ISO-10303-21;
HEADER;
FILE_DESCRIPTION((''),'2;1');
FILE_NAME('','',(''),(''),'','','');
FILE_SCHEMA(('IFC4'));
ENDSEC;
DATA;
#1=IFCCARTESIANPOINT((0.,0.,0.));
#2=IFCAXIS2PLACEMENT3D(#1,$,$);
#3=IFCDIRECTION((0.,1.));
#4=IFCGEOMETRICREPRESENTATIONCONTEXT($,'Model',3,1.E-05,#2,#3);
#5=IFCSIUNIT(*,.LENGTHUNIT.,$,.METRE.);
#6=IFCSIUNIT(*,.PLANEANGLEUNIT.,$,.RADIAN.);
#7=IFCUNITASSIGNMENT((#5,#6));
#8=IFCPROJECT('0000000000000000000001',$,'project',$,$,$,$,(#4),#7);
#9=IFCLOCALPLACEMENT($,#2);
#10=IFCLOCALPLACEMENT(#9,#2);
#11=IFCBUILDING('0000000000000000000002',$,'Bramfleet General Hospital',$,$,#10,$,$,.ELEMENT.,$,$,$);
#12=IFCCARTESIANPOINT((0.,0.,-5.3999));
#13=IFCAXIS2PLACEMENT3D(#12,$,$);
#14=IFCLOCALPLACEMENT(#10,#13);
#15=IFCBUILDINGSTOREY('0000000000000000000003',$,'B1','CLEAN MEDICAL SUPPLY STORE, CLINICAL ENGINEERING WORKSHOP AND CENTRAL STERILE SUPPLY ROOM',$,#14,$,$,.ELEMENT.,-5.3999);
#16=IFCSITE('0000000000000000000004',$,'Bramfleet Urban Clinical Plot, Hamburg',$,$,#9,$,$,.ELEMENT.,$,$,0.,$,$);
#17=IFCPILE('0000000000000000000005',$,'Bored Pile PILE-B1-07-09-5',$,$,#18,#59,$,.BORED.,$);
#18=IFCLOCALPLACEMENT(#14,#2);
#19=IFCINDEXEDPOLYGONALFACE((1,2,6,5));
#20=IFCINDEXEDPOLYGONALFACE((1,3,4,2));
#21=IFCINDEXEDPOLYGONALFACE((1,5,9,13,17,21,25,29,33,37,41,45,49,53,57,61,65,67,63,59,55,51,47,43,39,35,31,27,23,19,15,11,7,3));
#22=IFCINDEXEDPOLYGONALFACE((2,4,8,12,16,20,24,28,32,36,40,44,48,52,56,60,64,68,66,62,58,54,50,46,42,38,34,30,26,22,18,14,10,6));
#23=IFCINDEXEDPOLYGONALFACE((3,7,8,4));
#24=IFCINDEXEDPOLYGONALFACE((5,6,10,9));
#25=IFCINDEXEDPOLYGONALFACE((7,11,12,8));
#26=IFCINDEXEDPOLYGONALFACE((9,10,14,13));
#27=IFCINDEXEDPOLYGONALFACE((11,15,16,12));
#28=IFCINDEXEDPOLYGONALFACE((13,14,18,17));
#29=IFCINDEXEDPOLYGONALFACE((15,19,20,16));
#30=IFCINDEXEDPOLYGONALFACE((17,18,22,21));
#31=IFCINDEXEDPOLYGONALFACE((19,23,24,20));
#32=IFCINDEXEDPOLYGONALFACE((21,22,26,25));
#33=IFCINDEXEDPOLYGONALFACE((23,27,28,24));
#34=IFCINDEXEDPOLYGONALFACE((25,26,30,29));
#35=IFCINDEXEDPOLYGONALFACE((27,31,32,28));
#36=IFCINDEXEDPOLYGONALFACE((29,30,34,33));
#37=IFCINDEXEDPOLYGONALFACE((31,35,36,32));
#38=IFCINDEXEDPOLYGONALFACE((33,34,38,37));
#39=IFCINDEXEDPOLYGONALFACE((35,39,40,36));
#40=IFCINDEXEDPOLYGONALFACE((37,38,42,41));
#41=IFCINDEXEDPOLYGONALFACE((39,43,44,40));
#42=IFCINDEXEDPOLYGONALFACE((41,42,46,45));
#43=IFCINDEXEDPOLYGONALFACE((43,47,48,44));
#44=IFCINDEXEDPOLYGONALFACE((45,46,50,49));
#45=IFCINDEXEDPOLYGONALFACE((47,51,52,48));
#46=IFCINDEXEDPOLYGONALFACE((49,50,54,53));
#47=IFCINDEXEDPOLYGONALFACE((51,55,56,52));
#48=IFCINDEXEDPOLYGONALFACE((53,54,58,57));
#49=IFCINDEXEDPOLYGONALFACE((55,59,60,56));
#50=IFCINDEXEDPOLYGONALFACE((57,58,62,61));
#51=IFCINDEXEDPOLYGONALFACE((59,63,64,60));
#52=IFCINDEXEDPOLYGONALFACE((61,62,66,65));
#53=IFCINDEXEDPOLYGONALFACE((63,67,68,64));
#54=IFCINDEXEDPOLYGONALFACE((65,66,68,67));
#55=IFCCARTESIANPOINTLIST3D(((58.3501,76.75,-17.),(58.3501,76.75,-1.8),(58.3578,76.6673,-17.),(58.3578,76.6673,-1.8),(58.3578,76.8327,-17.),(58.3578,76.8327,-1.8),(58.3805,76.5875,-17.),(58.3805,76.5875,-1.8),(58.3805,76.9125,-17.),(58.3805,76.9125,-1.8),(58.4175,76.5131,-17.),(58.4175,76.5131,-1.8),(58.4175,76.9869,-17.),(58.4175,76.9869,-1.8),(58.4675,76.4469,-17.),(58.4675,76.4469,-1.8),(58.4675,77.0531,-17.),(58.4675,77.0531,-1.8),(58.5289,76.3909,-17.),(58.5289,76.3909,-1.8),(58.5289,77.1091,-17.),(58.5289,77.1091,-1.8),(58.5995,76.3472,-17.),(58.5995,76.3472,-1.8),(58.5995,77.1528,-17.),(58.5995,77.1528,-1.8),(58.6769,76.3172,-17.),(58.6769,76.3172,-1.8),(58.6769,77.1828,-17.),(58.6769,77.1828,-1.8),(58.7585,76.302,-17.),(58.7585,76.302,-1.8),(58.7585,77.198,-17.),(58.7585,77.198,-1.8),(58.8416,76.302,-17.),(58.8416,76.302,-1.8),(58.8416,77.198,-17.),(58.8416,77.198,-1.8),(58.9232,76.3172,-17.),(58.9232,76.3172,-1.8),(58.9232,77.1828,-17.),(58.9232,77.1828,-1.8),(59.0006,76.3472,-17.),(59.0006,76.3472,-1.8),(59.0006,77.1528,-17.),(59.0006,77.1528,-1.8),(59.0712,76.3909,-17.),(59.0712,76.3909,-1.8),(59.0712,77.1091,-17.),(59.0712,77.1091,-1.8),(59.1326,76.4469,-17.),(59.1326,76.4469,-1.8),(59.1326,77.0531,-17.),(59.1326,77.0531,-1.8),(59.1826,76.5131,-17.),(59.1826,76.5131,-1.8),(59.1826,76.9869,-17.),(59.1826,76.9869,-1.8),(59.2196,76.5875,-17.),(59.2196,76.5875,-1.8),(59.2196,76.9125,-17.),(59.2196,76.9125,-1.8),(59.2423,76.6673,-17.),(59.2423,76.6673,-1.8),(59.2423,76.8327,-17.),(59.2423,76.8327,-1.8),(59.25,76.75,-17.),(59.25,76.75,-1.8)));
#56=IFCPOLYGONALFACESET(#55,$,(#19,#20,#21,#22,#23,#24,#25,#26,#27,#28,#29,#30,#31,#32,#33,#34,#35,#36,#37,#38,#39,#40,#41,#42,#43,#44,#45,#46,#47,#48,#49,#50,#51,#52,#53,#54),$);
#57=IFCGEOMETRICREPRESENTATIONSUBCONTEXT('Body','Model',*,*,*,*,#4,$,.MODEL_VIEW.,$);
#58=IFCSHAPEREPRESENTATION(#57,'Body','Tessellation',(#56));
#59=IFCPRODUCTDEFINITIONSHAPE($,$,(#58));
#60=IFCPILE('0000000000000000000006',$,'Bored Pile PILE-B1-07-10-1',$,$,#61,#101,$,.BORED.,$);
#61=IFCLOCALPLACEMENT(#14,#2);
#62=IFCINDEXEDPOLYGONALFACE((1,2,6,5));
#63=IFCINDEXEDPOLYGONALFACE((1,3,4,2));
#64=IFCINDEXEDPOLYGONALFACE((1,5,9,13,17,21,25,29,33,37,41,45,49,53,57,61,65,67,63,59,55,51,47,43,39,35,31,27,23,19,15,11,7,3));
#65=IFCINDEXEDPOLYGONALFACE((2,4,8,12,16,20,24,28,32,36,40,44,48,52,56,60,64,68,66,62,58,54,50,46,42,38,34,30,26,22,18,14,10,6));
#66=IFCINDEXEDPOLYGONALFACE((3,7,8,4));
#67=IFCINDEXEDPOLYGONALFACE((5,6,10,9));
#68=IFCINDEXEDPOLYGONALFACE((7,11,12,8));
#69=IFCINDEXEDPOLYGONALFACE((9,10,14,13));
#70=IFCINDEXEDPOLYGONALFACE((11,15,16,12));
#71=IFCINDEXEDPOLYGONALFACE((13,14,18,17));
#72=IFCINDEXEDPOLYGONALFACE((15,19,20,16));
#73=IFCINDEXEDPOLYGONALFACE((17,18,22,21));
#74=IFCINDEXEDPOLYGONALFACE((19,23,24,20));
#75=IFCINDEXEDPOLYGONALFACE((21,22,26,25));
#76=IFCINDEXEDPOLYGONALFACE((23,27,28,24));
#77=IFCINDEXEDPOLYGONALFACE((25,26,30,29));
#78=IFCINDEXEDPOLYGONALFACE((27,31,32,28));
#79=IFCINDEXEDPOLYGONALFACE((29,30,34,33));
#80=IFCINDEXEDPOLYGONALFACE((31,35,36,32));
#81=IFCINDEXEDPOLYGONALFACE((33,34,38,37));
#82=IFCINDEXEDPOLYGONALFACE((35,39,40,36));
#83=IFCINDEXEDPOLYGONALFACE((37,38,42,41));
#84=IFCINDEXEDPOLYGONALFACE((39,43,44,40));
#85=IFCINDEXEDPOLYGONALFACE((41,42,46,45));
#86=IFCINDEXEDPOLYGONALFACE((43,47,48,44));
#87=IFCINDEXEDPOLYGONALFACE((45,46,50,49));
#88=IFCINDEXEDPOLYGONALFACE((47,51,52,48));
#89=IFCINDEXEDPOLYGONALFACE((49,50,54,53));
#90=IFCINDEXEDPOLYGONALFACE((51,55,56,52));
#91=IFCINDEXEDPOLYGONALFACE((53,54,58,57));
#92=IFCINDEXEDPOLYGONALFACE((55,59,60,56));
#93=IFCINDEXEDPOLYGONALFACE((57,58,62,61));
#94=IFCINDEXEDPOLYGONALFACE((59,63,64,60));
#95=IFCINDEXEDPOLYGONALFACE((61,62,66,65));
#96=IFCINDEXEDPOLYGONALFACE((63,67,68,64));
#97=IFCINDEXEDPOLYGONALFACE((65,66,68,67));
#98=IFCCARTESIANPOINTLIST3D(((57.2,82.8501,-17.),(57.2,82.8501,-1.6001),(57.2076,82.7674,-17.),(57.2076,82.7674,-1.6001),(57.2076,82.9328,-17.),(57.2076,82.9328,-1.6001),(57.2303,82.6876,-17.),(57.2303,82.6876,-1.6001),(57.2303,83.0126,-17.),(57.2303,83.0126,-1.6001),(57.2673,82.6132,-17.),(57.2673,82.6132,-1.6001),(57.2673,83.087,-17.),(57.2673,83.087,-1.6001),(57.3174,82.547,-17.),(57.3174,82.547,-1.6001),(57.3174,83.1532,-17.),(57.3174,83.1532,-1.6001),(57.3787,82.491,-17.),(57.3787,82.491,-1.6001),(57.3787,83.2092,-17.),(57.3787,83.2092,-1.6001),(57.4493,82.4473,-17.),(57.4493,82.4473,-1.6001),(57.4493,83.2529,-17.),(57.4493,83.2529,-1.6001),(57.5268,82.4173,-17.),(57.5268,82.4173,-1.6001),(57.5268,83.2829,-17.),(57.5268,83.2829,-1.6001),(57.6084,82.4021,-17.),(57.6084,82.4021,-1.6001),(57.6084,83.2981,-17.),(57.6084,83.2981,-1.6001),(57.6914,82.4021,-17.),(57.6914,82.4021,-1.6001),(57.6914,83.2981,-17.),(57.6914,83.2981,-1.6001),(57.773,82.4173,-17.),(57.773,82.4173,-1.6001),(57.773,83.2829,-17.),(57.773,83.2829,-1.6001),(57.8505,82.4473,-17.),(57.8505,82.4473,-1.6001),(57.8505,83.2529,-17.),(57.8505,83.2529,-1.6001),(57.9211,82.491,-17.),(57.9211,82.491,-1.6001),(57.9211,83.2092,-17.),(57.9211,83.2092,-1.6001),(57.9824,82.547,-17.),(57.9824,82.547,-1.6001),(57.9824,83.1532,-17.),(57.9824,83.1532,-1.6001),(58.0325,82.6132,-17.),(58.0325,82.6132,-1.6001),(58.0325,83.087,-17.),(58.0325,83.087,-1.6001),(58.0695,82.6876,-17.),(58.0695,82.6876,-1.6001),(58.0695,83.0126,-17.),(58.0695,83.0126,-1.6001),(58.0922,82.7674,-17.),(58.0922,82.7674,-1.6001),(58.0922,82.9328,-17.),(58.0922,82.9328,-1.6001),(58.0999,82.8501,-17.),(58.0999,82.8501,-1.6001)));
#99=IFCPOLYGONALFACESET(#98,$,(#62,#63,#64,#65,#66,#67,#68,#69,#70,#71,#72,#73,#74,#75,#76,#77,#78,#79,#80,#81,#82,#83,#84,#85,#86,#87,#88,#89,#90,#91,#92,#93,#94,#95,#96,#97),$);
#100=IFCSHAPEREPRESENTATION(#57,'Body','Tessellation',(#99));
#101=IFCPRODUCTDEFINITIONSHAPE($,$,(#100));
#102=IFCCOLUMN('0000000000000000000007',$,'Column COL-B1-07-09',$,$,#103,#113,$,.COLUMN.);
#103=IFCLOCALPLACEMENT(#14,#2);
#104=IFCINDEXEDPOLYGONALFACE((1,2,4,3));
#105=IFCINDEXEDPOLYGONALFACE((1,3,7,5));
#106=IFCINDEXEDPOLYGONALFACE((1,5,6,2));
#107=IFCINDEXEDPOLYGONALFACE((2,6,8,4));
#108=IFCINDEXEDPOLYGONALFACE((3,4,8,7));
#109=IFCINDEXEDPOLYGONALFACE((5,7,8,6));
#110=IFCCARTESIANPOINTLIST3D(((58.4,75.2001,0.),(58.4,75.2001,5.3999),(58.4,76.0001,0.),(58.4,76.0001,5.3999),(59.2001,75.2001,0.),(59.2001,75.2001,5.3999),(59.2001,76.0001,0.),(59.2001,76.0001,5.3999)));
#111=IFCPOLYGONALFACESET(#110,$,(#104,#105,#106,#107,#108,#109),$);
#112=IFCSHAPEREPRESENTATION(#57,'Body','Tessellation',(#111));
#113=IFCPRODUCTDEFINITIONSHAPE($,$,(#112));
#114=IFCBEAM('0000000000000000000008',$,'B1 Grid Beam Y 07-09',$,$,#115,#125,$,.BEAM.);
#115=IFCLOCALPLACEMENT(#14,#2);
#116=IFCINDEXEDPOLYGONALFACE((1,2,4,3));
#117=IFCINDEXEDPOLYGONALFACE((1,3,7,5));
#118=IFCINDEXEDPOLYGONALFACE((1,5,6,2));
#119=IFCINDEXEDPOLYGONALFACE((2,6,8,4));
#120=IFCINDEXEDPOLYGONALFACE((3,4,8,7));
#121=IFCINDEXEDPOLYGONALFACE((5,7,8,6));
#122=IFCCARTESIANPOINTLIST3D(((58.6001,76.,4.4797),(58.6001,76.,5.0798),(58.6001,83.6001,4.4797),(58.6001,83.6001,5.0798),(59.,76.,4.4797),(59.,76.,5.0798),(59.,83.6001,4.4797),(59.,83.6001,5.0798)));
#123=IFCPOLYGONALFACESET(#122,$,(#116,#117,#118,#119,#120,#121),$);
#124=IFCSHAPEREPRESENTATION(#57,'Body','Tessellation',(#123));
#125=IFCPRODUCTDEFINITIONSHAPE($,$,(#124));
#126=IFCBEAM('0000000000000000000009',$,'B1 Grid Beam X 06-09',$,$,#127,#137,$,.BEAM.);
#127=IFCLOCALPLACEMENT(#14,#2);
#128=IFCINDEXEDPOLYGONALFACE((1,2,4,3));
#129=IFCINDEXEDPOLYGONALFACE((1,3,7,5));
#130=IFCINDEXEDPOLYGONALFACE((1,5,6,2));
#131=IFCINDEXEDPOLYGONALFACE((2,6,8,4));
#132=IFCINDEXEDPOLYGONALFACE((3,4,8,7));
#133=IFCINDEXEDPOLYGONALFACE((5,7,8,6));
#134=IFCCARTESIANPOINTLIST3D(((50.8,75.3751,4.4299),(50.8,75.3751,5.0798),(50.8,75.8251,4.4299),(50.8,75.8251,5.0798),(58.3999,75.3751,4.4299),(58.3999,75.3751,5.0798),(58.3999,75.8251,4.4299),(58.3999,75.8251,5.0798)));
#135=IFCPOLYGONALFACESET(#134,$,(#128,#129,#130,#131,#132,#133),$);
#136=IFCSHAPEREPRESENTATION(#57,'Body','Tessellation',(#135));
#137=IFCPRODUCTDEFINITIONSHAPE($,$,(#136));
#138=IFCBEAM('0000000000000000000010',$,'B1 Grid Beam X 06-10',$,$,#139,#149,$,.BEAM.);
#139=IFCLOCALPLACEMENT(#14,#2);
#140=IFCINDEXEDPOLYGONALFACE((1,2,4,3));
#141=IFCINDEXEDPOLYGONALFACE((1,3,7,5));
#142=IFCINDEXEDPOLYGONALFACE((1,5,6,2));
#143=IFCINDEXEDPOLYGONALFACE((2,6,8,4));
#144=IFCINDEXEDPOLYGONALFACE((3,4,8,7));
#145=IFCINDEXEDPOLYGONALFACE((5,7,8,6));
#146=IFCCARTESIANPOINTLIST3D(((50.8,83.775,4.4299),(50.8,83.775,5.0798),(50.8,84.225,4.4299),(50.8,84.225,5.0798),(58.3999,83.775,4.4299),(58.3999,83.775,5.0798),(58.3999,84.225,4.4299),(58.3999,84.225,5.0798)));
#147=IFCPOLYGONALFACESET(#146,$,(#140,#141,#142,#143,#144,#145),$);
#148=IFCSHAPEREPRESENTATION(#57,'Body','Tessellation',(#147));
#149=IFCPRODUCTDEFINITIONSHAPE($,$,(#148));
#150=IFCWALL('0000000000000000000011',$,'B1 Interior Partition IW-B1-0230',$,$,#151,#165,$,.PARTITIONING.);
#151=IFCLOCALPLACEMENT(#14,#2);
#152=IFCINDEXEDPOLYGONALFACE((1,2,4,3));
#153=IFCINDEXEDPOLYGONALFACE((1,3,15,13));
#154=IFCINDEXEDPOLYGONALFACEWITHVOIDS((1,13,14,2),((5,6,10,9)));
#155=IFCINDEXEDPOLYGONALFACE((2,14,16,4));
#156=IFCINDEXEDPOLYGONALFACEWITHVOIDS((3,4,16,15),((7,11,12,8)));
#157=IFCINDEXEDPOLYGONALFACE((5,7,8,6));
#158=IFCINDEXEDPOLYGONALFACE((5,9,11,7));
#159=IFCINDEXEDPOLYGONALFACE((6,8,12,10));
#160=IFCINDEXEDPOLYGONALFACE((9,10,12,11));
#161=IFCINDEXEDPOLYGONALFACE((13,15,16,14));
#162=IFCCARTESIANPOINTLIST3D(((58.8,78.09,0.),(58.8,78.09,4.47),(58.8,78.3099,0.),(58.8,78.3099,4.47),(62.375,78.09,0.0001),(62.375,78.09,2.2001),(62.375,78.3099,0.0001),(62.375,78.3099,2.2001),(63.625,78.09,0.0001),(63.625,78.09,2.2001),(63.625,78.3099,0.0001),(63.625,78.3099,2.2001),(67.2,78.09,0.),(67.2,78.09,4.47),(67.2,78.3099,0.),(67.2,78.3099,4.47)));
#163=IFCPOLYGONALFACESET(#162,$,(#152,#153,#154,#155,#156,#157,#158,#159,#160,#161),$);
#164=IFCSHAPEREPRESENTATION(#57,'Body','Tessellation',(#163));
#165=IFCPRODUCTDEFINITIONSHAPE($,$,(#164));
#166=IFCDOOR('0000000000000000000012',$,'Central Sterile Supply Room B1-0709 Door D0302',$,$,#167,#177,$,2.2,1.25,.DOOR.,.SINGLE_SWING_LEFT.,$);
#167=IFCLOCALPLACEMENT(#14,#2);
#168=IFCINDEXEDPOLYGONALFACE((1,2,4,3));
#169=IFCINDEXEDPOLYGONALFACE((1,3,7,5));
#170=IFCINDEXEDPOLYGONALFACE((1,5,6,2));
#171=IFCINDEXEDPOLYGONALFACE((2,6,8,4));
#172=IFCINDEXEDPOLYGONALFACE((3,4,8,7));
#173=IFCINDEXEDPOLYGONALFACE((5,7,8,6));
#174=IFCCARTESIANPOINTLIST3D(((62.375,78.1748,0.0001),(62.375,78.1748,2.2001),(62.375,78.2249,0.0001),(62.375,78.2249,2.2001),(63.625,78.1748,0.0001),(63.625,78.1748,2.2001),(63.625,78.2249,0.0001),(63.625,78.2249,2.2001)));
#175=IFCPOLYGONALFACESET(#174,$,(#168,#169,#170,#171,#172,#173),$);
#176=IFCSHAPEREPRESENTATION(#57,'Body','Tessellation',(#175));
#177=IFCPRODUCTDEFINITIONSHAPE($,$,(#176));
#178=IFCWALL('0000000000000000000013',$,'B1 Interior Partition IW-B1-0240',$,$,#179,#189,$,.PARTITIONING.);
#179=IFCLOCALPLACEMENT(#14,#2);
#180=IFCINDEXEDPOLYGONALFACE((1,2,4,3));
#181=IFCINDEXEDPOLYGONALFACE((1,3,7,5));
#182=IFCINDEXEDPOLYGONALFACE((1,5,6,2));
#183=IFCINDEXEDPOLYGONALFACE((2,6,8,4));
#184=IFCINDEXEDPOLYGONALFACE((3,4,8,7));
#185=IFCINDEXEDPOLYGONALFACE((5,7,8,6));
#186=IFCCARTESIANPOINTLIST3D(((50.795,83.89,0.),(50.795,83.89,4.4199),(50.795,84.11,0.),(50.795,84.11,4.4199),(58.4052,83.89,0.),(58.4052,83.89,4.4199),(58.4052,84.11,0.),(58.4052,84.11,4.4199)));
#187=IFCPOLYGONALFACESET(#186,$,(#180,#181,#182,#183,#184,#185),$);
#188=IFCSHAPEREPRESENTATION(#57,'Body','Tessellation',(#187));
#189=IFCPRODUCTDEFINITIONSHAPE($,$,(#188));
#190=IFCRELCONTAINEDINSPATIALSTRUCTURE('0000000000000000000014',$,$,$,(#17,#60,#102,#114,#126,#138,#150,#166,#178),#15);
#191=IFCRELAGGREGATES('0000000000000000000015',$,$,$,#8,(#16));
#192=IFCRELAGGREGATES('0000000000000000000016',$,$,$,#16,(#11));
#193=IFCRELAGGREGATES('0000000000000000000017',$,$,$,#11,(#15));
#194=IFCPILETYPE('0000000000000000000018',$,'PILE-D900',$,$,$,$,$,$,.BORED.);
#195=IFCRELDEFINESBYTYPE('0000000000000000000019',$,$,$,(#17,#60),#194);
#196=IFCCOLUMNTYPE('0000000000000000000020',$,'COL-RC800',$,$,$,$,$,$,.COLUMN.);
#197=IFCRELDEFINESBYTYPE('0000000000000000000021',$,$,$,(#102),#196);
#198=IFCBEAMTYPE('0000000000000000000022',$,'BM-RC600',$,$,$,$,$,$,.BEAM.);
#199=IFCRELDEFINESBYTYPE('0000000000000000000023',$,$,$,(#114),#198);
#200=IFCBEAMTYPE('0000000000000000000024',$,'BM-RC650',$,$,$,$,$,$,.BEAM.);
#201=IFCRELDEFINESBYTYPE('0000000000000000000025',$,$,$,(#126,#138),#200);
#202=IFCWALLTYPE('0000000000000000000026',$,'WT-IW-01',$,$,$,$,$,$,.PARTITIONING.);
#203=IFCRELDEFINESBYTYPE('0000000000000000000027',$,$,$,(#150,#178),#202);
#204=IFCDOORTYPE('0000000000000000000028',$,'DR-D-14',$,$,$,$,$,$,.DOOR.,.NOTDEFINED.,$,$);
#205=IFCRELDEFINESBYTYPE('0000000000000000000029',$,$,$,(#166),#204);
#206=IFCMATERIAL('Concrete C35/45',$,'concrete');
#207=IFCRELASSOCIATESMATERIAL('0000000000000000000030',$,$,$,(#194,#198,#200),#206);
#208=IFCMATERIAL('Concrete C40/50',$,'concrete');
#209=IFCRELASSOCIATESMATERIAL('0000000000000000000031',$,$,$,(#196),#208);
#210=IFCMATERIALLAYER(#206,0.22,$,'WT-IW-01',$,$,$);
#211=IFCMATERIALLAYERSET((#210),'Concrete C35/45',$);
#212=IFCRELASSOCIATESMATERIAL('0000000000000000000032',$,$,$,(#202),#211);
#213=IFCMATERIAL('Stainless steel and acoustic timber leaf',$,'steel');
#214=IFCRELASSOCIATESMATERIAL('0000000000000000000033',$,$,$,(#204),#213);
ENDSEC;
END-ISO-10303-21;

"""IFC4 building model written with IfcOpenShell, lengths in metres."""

from ifc_helpers import new_model, si_unit, direction, frame, frame_2d, origin, origin_2d, place, context, subcontext, project, spatial, rectangle, circle, extrude, material, layer, layer_set, material_profile, profile_set, type_object, element, fill, save


model = new_model("IFC4")

# Units and contexts
model_context = context("Model", 3, precision=1e-05, world=origin(), true_north=direction((0.0, 1.0)))
body_context = subcontext(model_context, "Body", "Model", "MODEL_VIEW")
ifc_project = project(units=[si_unit("LENGTHUNIT", "METRE"), si_unit("PLANEANGLEUNIT", "RADIAN")], contexts=[model_context])

# Site, building, storey
site_placement = place(None, origin())
site = spatial("IfcSite", under=ifc_project, at=site_placement, Name="Bramfleet Urban Clinical Plot, Hamburg", CompositionType="ELEMENT", RefElevation=0.0)
building_placement = place(site_placement, origin())
building = spatial("IfcBuilding", under=site, at=building_placement, Name="Bramfleet General Hospital", CompositionType="ELEMENT")
storey_placement = place(building_placement, frame((0.0, 0.0, -5.3999)))
storey = spatial("IfcBuildingStorey", under=building, at=storey_placement, Name="B1", Description="CLEAN MEDICAL SUPPLY STORE, CLINICAL ENGINEERING WORKSHOP AND CENTRAL STERILE SUPPLY ROOM", CompositionType="ELEMENT", Elevation=-5.3999)

# Shared definitions
ifc_material_1 = material(Name="Concrete C35/45", Category="concrete")

# Piles
ifc_material_profile_1 = material_profile(ifc_material_1, circle(Radius=0.45, at=origin_2d()), Name="PILE BORED D900")
ifc_profile_set_1 = profile_set([ifc_material_profile_1], Name="Concrete C35/45")
pile_type = type_object("IfcPileType", Name="PILE-D900", PredefinedType="BORED", material=ifc_profile_set_1)
for number, where, z_axis, x_axis, name in (
    (1, (58.8, 76.75, -1.8), (0.0, 0.0, -1.0), (1.0, 0.0, 0.0), "Bored Pile PILE-B1-07-09-5"),
):
    element("IfcPile", number, at=place(storey_placement, frame(where, z_axis=z_axis, x_axis=x_axis)), inside=storey, type_object=pile_type, Name=name, PredefinedType="BORED", context=body_context, shape_type="SweptSolid", body=[
        extrude(circle(Radius=0.45, at=origin_2d()), origin(), (0.0, 0.0, 1.0), 15.2),
    ])
pile_placement = place(storey_placement, frame((57.6499, 82.8501, -1.6001), z_axis=(0.0, 0.0, -1.0), x_axis=(1.0, 0.0, 0.0)))
element("IfcPile", 2, at=pile_placement, inside=storey, type_object=pile_type, Name="Bored Pile PILE-B1-07-10-1", PredefinedType="BORED", context=body_context, shape_type="SweptSolid", body=[
    extrude(circle(Radius=0.45, at=origin_2d()), origin(), (0.0, 0.0, 1.0), 15.3999),
])

# Column
ifc_material_2 = material(Name="Concrete C40/50", Category="concrete")
ifc_material_profile_2 = material_profile(ifc_material_2, rectangle(XDim=0.8, YDim=0.8, at=origin_2d()), Name="RC COL 800x800")
ifc_profile_set_2 = profile_set([ifc_material_profile_2], Name="Concrete C40/50")
column_type = type_object("IfcColumnType", Name="COL-RC800", PredefinedType="COLUMN", material=ifc_profile_set_2)
column_placement = place(storey_placement, frame((58.8, 75.6001, 0.0), z_axis=(0.0, 0.0, 1.0), x_axis=(1.0, 0.0, 0.0)))
element("IfcColumn", 3, at=column_placement, inside=storey, type_object=column_type, Name="Column COL-B1-07-09", PredefinedType="COLUMN", context=body_context, shape_type="SweptSolid", body=[
    extrude(rectangle(XDim=0.8, YDim=0.8, at=origin_2d()), origin(), (0.0, 0.0, 1.0), 5.3999),
])

# Beams
ifc_material_profile_3 = material_profile(ifc_material_1, rectangle(XDim=0.3999, YDim=0.6001, at=origin_2d()), Name="RC BM 600x400")
ifc_profile_set_3 = profile_set([ifc_material_profile_3], Name="Concrete C35/45")
beam_type_1 = type_object("IfcBeamType", Name="BM-RC600", PredefinedType="BEAM", material=ifc_profile_set_3)
beam_placement = place(storey_placement, frame((58.8, 76.0, 4.7798), z_axis=(0.0, 1.0, 0.0), x_axis=(-1.0, 0.0, 0.0)))
element("IfcBeam", 4, at=beam_placement, inside=storey, type_object=beam_type_1, Name="B1 Grid Beam Y 07-09", PredefinedType="BEAM", context=body_context, shape_type="SweptSolid", body=[
    extrude(rectangle(XDim=0.3999, YDim=0.6001, at=origin_2d()), origin(), (0.0, 0.0, 1.0), 7.6001),
])
ifc_material_profile_4 = material_profile(ifc_material_1, rectangle(XDim=0.45, YDim=0.6499, at=origin_2d()), Name="RC BM 650x450")
ifc_profile_set_4 = profile_set([ifc_material_profile_4], Name="Concrete C35/45")
beam_type_2 = type_object("IfcBeamType", Name="BM-RC650", PredefinedType="BEAM", material=ifc_profile_set_4)
for number, where, z_axis, x_axis, name in (
    (5, (50.8, 75.6001, 4.7549), (1.0, 0.0, 0.0), (0.0, 1.0, 0.0), "B1 Grid Beam X 06-09"),
    (6, (50.8, 84.0, 4.7549), (1.0, 0.0, 0.0), (0.0, 1.0, 0.0), "B1 Grid Beam X 06-10"),
):
    element("IfcBeam", number, at=place(storey_placement, frame(where, z_axis=z_axis, x_axis=x_axis)), inside=storey, type_object=beam_type_2, Name=name, PredefinedType="BEAM", context=body_context, shape_type="SweptSolid", body=[
        extrude(rectangle(XDim=0.45, YDim=0.6499, at=origin_2d()), origin(), (0.0, 0.0, 1.0), 7.5999),
    ])

# Wall, opening, door
ifc_layer_1 = layer(ifc_material_1, 0.22, Name="WT-IW-01")
ifc_layer_set_1 = layer_set([ifc_layer_1], Name="Concrete C35/45")
wall_type_1 = type_object("IfcWallType", Name="WT-IW-01", PredefinedType="PARTITIONING", material=ifc_layer_set_1)
wall_1_placement = place(storey_placement, frame((58.8, 78.2, 0.0), z_axis=(0.0, 0.0, 1.0), x_axis=(1.0, 0.0, 0.0)))
wall_1 = element("IfcWall", 7, at=wall_1_placement, inside=storey, type_object=wall_type_1, Name="B1 Interior Partition IW-B1-0230", PredefinedType="PARTITIONING", context=body_context, shape_type="SweptSolid", body=[
    extrude(rectangle(XDim=8.3999, YDim=0.22, at=frame_2d((4.2, 0.0))), origin(), (0.0, 0.0, 1.0), 4.47),
])
opening_1_placement = place(wall_1_placement, frame((3.575, 0.0, 0.0)))
opening_1 = element("IfcOpeningElement", 8, at=opening_1_placement, cuts=wall_1, PredefinedType="OPENING", context=body_context, shape_type="SweptSolid", body=[
    extrude(rectangle(XDim=1.25, YDim=2.2, at=frame_2d((0.625, 1.1001))), frame((0.0, 0.1199, 0.0), z_axis=(0.0, -1.0, 0.0), x_axis=(1.0, 0.0, 0.0)), (0.0, 0.0, 1.0), 0.24),
])
ifc_material_3 = material(Name="Stainless steel and acoustic timber leaf", Category="steel")
door_type_1 = type_object("IfcDoorType", Name="DR-D-14", OperationType="NOTDEFINED", PredefinedType="DOOR", material=ifc_material_3)
door_1_placement = place(opening_1_placement, origin())
door_1 = element("IfcDoor", 9, at=door_1_placement, inside=storey, type_object=door_type_1, Name="Central Sterile Supply Room B1-0709 Door D0302", OperationType="SINGLE_SWING_LEFT", OverallHeight=2.2, OverallWidth=1.25, PredefinedType="DOOR", context=body_context, shape_type="SweptSolid", body=[
    extrude(rectangle(XDim=1.25, YDim=2.2, at=frame_2d((0.625, 1.1001))), frame((0.0, 0.0249, 0.0), z_axis=(0.0, -1.0, 0.0), x_axis=(1.0, 0.0, 0.0)), (0.0, 0.0, 1.0), 0.05),
])
fill(opening_1, door_1)

# Wall
wall_2_placement = place(storey_placement, frame((50.7949, 84.0, 0.0), z_axis=(0.0, 0.0, 1.0), x_axis=(1.0, 0.0, 0.0)))
element("IfcWall", 10, at=wall_2_placement, inside=storey, type_object=wall_type_1, Name="B1 Interior Partition IW-B1-0240", PredefinedType="PARTITIONING", context=body_context, shape_type="SweptSolid", body=[
    extrude(rectangle(XDim=7.6101, YDim=0.22, at=frame_2d((3.8052, 0.0))), origin(), (0.0, 0.0, 1.0), 4.4199),
])

save(model, "model.ifc")
